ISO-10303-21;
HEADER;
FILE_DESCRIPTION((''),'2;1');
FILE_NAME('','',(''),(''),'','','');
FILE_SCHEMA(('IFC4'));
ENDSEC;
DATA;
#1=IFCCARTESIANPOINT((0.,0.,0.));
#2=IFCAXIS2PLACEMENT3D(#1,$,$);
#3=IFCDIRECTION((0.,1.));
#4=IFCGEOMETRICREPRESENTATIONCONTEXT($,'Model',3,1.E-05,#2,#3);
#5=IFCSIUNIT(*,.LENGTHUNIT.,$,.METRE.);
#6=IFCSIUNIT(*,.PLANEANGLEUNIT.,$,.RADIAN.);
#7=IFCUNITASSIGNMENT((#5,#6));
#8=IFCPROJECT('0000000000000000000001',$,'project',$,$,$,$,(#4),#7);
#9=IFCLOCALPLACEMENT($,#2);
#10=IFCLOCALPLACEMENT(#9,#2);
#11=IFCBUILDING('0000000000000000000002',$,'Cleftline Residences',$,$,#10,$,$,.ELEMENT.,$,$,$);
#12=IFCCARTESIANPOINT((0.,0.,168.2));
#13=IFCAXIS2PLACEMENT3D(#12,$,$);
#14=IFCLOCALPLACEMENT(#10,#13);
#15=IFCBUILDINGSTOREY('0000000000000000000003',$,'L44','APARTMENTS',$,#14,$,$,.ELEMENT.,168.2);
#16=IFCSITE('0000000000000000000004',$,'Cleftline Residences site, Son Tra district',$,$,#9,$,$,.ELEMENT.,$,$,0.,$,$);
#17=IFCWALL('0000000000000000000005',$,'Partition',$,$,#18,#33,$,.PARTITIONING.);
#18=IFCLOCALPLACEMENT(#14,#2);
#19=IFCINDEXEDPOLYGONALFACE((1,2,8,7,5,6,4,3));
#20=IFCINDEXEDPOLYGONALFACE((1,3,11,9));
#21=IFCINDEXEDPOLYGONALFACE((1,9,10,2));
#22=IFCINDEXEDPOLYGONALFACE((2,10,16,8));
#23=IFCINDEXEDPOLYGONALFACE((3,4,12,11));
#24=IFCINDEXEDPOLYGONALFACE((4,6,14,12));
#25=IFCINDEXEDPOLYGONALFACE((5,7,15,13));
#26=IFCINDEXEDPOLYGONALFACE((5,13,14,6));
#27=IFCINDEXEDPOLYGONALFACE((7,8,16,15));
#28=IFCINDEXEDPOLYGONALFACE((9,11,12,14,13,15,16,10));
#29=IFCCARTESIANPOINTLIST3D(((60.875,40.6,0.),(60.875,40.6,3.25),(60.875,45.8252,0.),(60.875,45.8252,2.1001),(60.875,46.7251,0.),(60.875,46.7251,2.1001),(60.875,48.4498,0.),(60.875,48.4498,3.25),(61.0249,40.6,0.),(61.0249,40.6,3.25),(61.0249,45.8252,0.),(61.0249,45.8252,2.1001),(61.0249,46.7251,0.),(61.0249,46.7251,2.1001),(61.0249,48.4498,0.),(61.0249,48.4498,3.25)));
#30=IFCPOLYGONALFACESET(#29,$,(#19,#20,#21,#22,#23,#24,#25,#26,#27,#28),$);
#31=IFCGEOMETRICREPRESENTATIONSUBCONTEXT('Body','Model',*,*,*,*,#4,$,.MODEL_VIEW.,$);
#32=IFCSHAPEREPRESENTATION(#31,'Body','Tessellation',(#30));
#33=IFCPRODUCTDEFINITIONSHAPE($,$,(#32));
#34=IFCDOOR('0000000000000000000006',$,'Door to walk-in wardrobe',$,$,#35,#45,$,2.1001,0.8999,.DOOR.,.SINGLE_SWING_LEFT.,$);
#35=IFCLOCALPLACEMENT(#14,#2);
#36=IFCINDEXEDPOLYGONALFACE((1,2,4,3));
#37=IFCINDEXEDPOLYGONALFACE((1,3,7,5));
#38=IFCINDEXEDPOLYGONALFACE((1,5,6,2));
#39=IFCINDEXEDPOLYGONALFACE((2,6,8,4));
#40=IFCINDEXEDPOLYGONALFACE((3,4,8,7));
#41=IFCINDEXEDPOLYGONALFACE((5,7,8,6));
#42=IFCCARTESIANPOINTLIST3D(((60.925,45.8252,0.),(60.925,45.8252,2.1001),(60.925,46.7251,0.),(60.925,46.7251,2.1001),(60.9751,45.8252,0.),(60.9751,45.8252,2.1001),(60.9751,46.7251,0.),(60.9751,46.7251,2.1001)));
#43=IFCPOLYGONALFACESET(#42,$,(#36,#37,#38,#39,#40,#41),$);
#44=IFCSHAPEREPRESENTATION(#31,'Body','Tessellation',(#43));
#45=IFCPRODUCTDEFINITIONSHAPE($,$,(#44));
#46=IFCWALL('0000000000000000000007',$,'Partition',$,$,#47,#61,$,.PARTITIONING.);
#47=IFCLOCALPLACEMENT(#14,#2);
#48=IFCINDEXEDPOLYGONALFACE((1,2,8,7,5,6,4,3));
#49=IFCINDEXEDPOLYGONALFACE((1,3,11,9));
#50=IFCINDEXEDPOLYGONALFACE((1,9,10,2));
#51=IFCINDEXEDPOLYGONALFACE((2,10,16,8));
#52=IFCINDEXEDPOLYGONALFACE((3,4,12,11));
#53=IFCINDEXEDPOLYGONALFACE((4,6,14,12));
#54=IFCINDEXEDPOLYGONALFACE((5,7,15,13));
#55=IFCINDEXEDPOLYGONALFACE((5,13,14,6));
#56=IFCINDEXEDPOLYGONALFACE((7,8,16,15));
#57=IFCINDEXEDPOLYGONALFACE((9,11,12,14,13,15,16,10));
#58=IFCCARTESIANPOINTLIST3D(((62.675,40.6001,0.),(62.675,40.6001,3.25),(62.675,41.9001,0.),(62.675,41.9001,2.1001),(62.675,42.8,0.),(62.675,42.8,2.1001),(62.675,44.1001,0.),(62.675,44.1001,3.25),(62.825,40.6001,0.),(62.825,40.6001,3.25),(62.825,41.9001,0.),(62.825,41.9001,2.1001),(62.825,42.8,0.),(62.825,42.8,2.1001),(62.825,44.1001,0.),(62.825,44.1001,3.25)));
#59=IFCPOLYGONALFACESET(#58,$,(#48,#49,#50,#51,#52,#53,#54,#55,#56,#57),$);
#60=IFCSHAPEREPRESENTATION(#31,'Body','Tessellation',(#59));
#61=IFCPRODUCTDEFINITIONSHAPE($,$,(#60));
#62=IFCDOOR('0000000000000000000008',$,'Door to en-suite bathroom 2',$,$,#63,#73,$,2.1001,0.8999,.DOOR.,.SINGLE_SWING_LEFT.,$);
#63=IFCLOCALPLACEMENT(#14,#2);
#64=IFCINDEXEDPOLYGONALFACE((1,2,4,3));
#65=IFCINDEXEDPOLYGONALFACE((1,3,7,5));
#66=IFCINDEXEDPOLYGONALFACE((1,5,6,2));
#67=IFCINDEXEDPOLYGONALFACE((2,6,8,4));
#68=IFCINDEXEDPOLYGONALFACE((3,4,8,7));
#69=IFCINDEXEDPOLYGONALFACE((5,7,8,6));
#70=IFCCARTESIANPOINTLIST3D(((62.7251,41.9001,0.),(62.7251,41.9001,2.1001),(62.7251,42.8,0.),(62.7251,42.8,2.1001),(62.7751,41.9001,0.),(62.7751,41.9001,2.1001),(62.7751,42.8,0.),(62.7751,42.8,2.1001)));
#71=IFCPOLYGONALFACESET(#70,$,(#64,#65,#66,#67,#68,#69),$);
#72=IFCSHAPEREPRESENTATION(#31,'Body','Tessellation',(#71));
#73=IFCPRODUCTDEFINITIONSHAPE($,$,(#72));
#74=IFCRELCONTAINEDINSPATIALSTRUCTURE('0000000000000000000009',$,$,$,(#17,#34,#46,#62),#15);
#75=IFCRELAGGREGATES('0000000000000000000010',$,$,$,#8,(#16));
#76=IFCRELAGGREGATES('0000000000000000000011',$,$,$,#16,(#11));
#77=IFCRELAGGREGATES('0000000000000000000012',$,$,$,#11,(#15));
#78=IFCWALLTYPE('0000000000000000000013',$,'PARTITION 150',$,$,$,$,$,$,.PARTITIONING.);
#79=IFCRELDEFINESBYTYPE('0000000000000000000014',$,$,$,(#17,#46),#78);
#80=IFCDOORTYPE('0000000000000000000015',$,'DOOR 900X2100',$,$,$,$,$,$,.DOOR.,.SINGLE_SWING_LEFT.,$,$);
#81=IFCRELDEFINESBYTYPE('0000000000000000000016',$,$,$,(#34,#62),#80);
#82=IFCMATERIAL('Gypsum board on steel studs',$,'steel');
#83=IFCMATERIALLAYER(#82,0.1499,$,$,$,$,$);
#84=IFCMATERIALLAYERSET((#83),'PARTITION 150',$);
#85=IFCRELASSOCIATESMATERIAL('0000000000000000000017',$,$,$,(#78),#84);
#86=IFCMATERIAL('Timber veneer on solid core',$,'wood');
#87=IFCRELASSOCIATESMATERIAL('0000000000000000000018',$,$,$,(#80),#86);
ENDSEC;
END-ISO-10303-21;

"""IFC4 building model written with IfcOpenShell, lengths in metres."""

from ifc_helpers import new_model, si_unit, direction, frame, frame_2d, origin, place, context, subcontext, project, spatial, rectangle, extrude, material, layer, layer_set, type_object, element, fill, save


model = new_model("IFC4")

# Units and contexts
model_context = context("Model", 3, precision=1e-05, world=origin(), true_north=direction((0.0, 1.0)))
body_context = subcontext(model_context, "Body", "Model", "MODEL_VIEW")
ifc_project = project(units=[si_unit("LENGTHUNIT", "METRE"), si_unit("PLANEANGLEUNIT", "RADIAN")], contexts=[model_context])

# Site, building, storey
site_placement = place(None, origin())
site = spatial("IfcSite", under=ifc_project, at=site_placement, Name="Cleftline Residences site, Son Tra district", CompositionType="ELEMENT", RefElevation=0.0)
building_placement = place(site_placement, origin())
building = spatial("IfcBuilding", under=site, at=building_placement, Name="Cleftline Residences", CompositionType="ELEMENT")
storey_placement = place(building_placement, frame((0.0, 0.0, 168.2)))
storey = spatial("IfcBuildingStorey", under=building, at=storey_placement, Name="L44", Description="APARTMENTS", CompositionType="ELEMENT", Elevation=168.2)

# Shared definitions
ifc_material_1 = material(Name="Gypsum board on steel studs", Category="steel")
ifc_layer_1 = layer(ifc_material_1, 0.1499)
ifc_layer_set_1 = layer_set([ifc_layer_1], Name="PARTITION 150")
wall_type_1 = type_object("IfcWallType", Name="PARTITION 150", PredefinedType="PARTITIONING", material=ifc_layer_set_1)

# Walls, openings, doors
wall_1_placement = place(storey_placement, frame((60.95, 40.6001, 0.0), z_axis=(0.0, 0.0, 1.0), x_axis=(0.0, 1.0, 0.0)))
wall_1 = element("IfcWall", 1, at=wall_1_placement, inside=storey, type_object=wall_type_1, Name="Partition", PredefinedType="PARTITIONING", context=body_context, shape_type="SweptSolid", body=[
    extrude(rectangle(XDim=7.8499, YDim=0.1499, at=frame_2d((3.9248, 0.0))), origin(), (0.0, 0.0, 1.0), 3.25),
])
opening_1_placement = place(wall_1_placement, frame((5.2251, 0.0, 0.0)))
opening_1 = element("IfcOpeningElement", 2, at=opening_1_placement, cuts=wall_1, PredefinedType="OPENING", context=body_context, shape_type="SweptSolid", body=[
    extrude(rectangle(XDim=0.8999, YDim=2.1001, at=frame_2d((0.45, 1.05))), frame((0.0, 0.085, 0.0), z_axis=(0.0, -1.0, 0.0), x_axis=(1.0, 0.0, 0.0)), (0.0, 0.0, 1.0), 0.1699),
])
ifc_material_2 = material(Name="Timber veneer on solid core", Category="wood")
door_type = type_object("IfcDoorType", Name="DOOR 900X2100", OperationType="SINGLE_SWING_LEFT", PredefinedType="DOOR", material=ifc_material_2)
door_1_placement = place(opening_1_placement, origin())
door_1 = element("IfcDoor", 3, at=door_1_placement, inside=storey, type_object=door_type, Name="Door to walk-in wardrobe", OperationType="SINGLE_SWING_LEFT", OverallHeight=2.1001, OverallWidth=0.8999, PredefinedType="DOOR", context=body_context, shape_type="SweptSolid", body=[
    extrude(rectangle(XDim=0.8999, YDim=2.1001, at=frame_2d((0.45, 1.05))), frame((0.0, 0.0249, 0.0), z_axis=(0.0, -1.0, 0.0), x_axis=(1.0, 0.0, 0.0)), (0.0, 0.0, 1.0), 0.05),
])
fill(opening_1, door_1)
wall_2_placement = place(storey_placement, frame((62.75, 40.6001, 0.0), z_axis=(0.0, 0.0, 1.0), x_axis=(0.0, 1.0, 0.0)))
wall_2 = element("IfcWall", 4, at=wall_2_placement, inside=storey, type_object=wall_type_1, Name="Partition", PredefinedType="PARTITIONING", context=body_context, shape_type="SweptSolid", body=[
    extrude(rectangle(XDim=3.5, YDim=0.1499, at=frame_2d((1.75, 0.0))), origin(), (0.0, 0.0, 1.0), 3.25),
])
opening_2_placement = place(wall_2_placement, frame((1.3, 0.0, 0.0)))
opening_2 = element("IfcOpeningElement", 5, at=opening_2_placement, cuts=wall_2, PredefinedType="OPENING", context=body_context, shape_type="SweptSolid", body=[
    extrude(rectangle(XDim=0.8999, YDim=2.1001, at=frame_2d((0.45, 1.05))), frame((0.0, 0.085, 0.0), z_axis=(0.0, -1.0, 0.0), x_axis=(1.0, 0.0, 0.0)), (0.0, 0.0, 1.0), 0.1699),
])
door_2_placement = place(opening_2_placement, origin())
door_2 = element("IfcDoor", 6, at=door_2_placement, inside=storey, type_object=door_type, Name="Door to en-suite bathroom 2", OperationType="SINGLE_SWING_LEFT", OverallHeight=2.1001, OverallWidth=0.8999, PredefinedType="DOOR", context=body_context, shape_type="SweptSolid", body=[
    extrude(rectangle(XDim=0.8999, YDim=2.1001, at=frame_2d((0.45, 1.05))), frame((0.0, 0.0249, 0.0), z_axis=(0.0, -1.0, 0.0), x_axis=(1.0, 0.0, 0.0)), (0.0, 0.0, 1.0), 0.05),
])
fill(opening_2, door_2)

save(model, "model.ifc")
